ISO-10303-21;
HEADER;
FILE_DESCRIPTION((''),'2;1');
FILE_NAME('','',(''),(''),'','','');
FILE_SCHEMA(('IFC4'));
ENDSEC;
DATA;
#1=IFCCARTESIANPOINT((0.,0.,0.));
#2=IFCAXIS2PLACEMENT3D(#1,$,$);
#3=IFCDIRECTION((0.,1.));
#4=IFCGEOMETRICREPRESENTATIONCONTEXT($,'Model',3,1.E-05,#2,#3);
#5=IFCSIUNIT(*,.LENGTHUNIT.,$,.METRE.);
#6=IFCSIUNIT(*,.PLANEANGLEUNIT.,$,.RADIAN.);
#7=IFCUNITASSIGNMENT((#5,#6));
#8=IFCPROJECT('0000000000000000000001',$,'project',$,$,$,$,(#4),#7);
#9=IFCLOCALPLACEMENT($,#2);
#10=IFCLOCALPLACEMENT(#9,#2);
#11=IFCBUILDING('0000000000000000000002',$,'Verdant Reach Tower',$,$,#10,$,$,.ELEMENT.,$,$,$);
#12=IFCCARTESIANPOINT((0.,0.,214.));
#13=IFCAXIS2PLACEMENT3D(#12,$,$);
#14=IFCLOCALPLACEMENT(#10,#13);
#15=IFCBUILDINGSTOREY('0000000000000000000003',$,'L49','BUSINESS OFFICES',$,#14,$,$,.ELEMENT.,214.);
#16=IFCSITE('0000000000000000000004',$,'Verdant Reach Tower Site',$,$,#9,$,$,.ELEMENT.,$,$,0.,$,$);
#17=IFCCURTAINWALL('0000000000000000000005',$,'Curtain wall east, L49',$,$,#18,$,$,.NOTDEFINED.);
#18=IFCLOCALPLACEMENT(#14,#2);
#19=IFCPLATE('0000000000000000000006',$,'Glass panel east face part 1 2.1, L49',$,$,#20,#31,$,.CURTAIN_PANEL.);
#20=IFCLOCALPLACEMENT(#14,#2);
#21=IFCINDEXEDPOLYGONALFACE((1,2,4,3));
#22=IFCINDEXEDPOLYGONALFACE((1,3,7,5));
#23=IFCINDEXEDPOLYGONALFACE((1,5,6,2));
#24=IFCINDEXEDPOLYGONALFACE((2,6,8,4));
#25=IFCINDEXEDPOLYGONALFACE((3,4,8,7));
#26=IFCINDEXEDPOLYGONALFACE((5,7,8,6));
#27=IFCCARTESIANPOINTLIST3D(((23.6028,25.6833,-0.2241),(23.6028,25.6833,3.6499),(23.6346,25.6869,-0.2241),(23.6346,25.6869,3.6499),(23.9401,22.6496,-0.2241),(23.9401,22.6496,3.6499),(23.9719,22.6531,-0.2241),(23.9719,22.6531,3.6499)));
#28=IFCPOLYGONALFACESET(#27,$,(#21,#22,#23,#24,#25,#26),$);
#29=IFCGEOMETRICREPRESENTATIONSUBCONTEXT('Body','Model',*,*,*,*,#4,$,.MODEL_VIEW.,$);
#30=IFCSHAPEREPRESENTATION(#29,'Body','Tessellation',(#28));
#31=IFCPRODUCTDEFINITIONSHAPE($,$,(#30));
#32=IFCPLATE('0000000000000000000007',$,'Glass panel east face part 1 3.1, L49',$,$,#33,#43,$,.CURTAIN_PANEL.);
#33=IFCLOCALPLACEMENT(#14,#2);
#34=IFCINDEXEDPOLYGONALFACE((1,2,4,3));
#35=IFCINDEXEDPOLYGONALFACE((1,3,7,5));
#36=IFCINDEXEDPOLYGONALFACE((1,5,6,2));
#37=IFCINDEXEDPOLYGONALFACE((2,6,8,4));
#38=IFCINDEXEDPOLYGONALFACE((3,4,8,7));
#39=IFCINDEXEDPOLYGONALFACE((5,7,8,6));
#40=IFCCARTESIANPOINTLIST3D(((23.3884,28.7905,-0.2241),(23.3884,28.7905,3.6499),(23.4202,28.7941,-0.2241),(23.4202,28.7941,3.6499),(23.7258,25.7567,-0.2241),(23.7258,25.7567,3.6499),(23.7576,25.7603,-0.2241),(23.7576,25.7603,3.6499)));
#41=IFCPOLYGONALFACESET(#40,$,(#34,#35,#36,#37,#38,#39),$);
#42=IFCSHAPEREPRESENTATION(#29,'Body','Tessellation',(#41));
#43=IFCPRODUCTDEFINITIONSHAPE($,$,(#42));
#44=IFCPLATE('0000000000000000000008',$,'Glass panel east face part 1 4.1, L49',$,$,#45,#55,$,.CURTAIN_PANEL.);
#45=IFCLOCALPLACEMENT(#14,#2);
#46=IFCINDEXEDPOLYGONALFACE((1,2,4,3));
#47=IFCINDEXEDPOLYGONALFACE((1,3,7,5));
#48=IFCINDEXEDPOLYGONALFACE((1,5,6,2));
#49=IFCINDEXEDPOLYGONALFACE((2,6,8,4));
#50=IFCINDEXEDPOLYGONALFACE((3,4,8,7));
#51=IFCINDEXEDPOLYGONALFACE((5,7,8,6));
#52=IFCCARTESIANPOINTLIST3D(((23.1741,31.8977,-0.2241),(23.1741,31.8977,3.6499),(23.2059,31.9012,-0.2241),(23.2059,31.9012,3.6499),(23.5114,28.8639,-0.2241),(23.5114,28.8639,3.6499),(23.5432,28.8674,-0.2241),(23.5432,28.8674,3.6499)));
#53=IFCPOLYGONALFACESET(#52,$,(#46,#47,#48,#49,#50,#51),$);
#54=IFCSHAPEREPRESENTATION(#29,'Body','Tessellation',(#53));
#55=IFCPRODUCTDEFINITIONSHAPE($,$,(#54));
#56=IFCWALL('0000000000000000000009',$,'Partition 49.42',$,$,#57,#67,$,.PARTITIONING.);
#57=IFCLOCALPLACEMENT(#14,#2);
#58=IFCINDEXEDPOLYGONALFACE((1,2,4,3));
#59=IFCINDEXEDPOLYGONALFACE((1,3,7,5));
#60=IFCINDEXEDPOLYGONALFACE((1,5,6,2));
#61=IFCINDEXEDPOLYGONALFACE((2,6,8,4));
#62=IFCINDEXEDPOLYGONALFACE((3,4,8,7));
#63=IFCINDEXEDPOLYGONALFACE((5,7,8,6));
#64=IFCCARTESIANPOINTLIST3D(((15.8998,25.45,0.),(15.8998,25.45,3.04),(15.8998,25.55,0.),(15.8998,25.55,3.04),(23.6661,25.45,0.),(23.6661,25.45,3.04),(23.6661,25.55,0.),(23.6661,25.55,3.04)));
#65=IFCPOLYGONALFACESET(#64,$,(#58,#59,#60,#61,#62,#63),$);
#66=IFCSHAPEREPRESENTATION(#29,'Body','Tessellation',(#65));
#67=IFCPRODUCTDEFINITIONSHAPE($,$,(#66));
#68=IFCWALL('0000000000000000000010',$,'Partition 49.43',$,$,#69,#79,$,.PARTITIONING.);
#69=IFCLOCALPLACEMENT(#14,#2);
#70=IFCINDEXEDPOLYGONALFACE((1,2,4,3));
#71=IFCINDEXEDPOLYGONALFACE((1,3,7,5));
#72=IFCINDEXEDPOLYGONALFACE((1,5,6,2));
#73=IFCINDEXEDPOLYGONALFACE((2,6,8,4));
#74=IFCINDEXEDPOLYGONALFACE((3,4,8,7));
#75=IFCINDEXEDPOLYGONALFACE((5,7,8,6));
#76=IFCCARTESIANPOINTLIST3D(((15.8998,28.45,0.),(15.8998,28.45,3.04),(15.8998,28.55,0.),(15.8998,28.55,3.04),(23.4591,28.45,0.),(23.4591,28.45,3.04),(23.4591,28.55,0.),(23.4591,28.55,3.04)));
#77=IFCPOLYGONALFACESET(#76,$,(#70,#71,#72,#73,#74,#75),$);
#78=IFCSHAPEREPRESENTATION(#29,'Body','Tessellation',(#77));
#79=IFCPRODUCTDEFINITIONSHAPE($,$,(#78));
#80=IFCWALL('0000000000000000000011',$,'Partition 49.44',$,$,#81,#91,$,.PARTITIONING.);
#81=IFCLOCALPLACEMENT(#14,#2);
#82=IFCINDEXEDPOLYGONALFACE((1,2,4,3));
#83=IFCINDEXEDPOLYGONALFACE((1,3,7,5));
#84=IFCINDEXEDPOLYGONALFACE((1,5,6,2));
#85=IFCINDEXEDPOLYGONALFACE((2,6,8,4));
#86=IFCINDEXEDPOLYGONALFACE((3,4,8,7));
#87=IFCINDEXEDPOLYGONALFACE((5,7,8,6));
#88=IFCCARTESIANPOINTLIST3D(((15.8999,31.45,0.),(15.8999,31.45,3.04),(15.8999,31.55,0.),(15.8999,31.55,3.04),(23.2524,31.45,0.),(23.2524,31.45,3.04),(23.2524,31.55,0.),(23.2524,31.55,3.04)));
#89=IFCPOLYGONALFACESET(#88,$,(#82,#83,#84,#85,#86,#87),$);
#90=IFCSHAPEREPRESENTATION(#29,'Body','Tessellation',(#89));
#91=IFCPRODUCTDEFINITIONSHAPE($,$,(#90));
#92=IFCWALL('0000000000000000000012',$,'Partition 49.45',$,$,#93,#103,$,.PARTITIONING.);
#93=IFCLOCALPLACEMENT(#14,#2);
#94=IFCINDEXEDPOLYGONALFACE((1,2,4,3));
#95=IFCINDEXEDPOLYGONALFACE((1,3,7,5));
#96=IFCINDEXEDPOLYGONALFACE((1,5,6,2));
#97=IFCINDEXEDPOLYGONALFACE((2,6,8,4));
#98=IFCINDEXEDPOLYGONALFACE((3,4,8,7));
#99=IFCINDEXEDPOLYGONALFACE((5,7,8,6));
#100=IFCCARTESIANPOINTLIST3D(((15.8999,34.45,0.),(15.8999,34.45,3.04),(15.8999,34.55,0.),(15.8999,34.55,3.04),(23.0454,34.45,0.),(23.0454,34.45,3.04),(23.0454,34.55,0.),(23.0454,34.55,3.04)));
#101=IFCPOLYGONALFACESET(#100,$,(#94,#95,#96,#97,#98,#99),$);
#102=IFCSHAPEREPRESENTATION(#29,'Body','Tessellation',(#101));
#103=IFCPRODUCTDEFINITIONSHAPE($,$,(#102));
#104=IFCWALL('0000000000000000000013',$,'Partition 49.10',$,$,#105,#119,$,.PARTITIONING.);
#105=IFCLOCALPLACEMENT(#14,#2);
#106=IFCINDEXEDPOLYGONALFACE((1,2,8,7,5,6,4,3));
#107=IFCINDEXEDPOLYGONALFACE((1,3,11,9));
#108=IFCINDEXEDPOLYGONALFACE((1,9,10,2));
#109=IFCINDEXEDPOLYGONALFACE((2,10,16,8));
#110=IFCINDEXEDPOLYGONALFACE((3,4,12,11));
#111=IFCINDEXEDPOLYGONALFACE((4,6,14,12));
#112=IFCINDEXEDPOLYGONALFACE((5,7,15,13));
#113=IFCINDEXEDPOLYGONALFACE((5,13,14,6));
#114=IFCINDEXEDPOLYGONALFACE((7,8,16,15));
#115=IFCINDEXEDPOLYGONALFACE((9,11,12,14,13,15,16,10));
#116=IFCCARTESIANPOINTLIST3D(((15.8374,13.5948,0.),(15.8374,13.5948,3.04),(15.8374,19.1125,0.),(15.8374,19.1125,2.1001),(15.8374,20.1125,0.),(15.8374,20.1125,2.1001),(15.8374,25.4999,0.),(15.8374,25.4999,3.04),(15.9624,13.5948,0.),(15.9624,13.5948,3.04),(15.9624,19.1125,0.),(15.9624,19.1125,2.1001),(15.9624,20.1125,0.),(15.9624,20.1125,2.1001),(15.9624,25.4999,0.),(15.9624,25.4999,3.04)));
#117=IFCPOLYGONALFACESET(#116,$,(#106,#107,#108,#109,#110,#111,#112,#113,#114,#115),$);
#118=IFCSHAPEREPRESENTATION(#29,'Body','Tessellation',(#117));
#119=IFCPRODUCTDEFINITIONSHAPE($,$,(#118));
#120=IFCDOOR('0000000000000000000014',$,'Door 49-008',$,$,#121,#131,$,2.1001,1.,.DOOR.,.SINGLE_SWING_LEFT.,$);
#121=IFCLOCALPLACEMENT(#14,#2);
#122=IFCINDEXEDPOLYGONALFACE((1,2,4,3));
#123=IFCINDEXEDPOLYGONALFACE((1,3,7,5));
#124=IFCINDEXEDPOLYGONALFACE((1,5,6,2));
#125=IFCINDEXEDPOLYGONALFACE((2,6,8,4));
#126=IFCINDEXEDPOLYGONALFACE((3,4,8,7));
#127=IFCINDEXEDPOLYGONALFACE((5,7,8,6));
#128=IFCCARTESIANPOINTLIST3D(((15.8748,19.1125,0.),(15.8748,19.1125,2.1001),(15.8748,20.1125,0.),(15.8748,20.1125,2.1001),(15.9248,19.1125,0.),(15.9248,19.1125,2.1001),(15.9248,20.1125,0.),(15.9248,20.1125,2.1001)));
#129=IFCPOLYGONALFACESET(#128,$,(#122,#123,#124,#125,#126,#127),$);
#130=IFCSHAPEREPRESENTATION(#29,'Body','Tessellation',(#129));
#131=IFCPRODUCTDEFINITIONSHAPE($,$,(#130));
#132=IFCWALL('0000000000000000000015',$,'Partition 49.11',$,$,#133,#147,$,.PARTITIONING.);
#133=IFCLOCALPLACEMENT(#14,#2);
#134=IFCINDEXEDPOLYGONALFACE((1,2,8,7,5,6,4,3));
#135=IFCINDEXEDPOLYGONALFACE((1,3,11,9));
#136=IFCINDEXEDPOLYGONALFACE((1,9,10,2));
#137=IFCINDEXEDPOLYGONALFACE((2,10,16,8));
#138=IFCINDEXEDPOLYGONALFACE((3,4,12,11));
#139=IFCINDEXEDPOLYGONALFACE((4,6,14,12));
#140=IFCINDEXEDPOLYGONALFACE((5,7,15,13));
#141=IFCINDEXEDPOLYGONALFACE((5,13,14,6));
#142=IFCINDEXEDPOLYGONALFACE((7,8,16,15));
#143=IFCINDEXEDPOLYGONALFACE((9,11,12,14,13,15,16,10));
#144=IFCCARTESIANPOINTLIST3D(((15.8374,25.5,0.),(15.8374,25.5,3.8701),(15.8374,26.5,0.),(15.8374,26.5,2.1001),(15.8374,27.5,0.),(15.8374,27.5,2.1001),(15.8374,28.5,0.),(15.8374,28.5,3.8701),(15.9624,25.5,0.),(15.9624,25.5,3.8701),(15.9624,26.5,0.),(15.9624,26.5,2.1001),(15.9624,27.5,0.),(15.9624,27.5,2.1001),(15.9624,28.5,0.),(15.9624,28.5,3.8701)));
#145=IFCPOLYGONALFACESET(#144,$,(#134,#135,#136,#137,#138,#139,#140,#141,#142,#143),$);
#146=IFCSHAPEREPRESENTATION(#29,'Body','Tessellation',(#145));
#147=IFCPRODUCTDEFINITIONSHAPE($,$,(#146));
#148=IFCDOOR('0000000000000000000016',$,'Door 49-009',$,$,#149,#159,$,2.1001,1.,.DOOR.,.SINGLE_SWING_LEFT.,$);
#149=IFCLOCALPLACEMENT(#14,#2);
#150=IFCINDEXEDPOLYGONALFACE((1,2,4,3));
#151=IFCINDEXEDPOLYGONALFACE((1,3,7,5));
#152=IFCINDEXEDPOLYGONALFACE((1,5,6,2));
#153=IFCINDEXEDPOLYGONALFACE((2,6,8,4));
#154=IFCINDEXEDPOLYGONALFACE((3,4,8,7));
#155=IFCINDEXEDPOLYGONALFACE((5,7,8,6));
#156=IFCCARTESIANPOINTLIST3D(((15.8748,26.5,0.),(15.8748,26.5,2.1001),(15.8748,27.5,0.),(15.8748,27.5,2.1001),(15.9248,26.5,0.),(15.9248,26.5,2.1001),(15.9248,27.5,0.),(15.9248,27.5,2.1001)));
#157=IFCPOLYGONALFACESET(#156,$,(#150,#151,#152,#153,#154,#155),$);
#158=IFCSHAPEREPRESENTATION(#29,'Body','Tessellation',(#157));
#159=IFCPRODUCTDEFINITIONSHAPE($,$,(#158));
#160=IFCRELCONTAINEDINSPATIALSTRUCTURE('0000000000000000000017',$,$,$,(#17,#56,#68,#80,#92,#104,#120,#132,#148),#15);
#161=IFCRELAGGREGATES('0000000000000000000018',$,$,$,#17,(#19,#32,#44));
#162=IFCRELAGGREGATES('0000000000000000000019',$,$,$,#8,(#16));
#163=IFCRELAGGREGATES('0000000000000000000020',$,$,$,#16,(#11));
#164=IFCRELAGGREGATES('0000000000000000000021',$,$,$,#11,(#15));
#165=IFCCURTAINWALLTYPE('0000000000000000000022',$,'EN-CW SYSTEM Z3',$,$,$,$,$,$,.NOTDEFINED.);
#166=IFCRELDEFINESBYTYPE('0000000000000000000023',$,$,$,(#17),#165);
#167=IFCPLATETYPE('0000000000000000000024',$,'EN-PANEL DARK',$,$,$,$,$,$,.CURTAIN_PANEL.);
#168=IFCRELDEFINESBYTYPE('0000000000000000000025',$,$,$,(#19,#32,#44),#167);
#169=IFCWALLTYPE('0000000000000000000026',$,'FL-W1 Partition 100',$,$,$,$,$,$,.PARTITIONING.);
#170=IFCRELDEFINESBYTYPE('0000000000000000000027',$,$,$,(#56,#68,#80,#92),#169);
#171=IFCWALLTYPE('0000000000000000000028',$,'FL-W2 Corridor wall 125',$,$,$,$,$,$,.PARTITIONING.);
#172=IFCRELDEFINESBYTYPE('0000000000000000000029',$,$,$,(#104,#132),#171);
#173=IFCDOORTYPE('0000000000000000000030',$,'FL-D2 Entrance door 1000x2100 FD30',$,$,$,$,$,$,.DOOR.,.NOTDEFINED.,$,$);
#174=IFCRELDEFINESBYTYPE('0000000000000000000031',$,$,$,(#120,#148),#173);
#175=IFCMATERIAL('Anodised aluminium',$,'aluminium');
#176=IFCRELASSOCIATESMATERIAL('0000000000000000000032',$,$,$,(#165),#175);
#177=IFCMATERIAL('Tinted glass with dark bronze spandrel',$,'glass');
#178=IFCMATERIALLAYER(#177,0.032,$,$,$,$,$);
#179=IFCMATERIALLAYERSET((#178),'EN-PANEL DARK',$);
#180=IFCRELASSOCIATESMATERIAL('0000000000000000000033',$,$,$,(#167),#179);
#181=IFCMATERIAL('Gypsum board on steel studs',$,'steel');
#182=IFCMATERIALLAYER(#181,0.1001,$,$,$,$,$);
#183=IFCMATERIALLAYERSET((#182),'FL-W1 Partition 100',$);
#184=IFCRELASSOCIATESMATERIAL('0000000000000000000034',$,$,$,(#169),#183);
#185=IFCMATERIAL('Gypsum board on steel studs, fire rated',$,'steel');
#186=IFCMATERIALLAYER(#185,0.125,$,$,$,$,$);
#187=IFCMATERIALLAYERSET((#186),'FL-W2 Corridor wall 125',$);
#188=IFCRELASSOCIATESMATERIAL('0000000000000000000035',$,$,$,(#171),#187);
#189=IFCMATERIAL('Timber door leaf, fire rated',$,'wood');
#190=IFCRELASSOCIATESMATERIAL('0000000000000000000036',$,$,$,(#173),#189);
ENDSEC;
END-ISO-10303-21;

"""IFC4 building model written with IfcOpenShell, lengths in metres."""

from ifc_helpers import new_model, si_unit, direction, frame, frame_2d, origin, origin_2d, place, context, subcontext, project, spatial, rectangle, extrude, material, layer, layer_set, type_object, element, fill, aggregate, save


model = new_model("IFC4")

# Units and contexts
model_context = context("Model", 3, precision=1e-05, world=origin(), true_north=direction((0.0, 1.0)))
body_context = subcontext(model_context, "Body", "Model", "MODEL_VIEW")
ifc_project = project(units=[si_unit("LENGTHUNIT", "METRE"), si_unit("PLANEANGLEUNIT", "RADIAN")], contexts=[model_context])

# Site, building, storey
site_placement = place(None, origin())
site = spatial("IfcSite", under=ifc_project, at=site_placement, Name="Verdant Reach Tower Site", CompositionType="ELEMENT", RefElevation=0.0)
building_placement = place(site_placement, origin())
building = spatial("IfcBuilding", under=site, at=building_placement, Name="Verdant Reach Tower", CompositionType="ELEMENT")
storey_placement = place(building_placement, frame((0.0, 0.0, 214.0)))
storey = spatial("IfcBuildingStorey", under=building, at=storey_placement, Name="L49", Description="BUSINESS OFFICES", CompositionType="ELEMENT", Elevation=214.0)

# Curtain wall, plates
ifc_material_1 = material(Name="Anodised aluminium", Category="aluminium")
curtain_wall_type = type_object("IfcCurtainWallType", Name="EN-CW SYSTEM Z3", PredefinedType="NOTDEFINED", material=ifc_material_1)
curtain_wall_placement = place(storey_placement, origin())
curtain_wall = element("IfcCurtainWall", 1, at=curtain_wall_placement, inside=storey, type_object=curtain_wall_type, Name="Curtain wall east, L49", PredefinedType="NOTDEFINED")
ifc_material_2 = material(Name="Tinted glass with dark bronze spandrel", Category="glass")
ifc_layer_1 = layer(ifc_material_2, 0.032)
ifc_layer_set_1 = layer_set([ifc_layer_1], Name="EN-PANEL DARK")
plate_type_1 = type_object("IfcPlateType", Name="EN-PANEL DARK", PredefinedType="CURTAIN_PANEL", material=ifc_layer_set_1)
plate_1_placement = place(storey_placement, frame((23.7874, 24.1682, -0.2241), z_axis=(0.0, 0.0, 1.0), x_axis=(-0.110518, 0.993874, 0.0)))
plate_1 = element("IfcPlate", 2, at=plate_1_placement, type_object=plate_type_1, Name="Glass panel east face part 1 2.1, L49", PredefinedType="CURTAIN_PANEL", context=body_context, shape_type="SweptSolid", body=[
    extrude(rectangle(XDim=3.0525, YDim=0.032, at=origin_2d()), origin(), (0.0, 0.0, 1.0), 3.874),
])
plate_2_placement = place(storey_placement, frame((23.573, 27.2754, -0.2241), z_axis=(0.0, 0.0, 1.0), x_axis=(-0.110518, 0.993874, 0.0)))
plate_2 = element("IfcPlate", 3, at=plate_2_placement, type_object=plate_type_1, Name="Glass panel east face part 1 3.1, L49", PredefinedType="CURTAIN_PANEL", context=body_context, shape_type="SweptSolid", body=[
    extrude(rectangle(XDim=3.0525, YDim=0.032, at=origin_2d()), origin(), (0.0, 0.0, 1.0), 3.874),
])
plate_3_placement = place(storey_placement, frame((23.3586, 30.3826, -0.2241), z_axis=(0.0, 0.0, 1.0), x_axis=(-0.110518, 0.993874, 0.0)))
plate_3 = element("IfcPlate", 4, at=plate_3_placement, type_object=plate_type_1, Name="Glass panel east face part 1 4.1, L49", PredefinedType="CURTAIN_PANEL", context=body_context, shape_type="SweptSolid", body=[
    extrude(rectangle(XDim=3.0525, YDim=0.032, at=origin_2d()), origin(), (0.0, 0.0, 1.0), 3.874),
])
aggregate(curtain_wall, [plate_1, plate_2, plate_3])

# Walls
ifc_material_3 = material(Name="Gypsum board on steel studs", Category="steel")
ifc_layer_2 = layer(ifc_material_3, 0.1001)
ifc_layer_set_2 = layer_set([ifc_layer_2], Name="FL-W1 Partition 100")
wall_type_1 = type_object("IfcWallType", Name="FL-W1 Partition 100", PredefinedType="PARTITIONING", material=ifc_layer_set_2)
wall_1_placement = place(storey_placement, frame((23.6663, 25.5, 0.0), z_axis=(0.0, 0.0, 1.0), x_axis=(-1.0, 0.0, 0.0)))
element("IfcWall", 5, at=wall_1_placement, inside=storey, type_object=wall_type_1, Name="Partition 49.42", PredefinedType="PARTITIONING", context=body_context, shape_type="SweptSolid", body=[
    extrude(rectangle(XDim=7.7664, YDim=0.1001, at=frame_2d((3.8833, 0.0))), origin(), (0.0, 0.0, 1.0), 3.04),
])
wall_2_placement = place(storey_placement, frame((23.4592, 28.5, 0.0), z_axis=(0.0, 0.0, 1.0), x_axis=(-1.0, 0.0, 0.0)))
element("IfcWall", 6, at=wall_2_placement, inside=storey, type_object=wall_type_1, Name="Partition 49.43", PredefinedType="PARTITIONING", context=body_context, shape_type="SweptSolid", body=[
    extrude(rectangle(XDim=7.5593, YDim=0.1001, at=frame_2d((3.7798, 0.0))), origin(), (0.0, 0.0, 1.0), 3.04),
])
wall_3_placement = place(storey_placement, frame((23.2524, 31.5, 0.0), z_axis=(0.0, 0.0, 1.0), x_axis=(-1.0, 0.0, 0.0)))
element("IfcWall", 7, at=wall_3_placement, inside=storey, type_object=wall_type_1, Name="Partition 49.44", PredefinedType="PARTITIONING", context=body_context, shape_type="SweptSolid", body=[
    extrude(rectangle(XDim=7.3525, YDim=0.1001, at=frame_2d((3.6763, 0.0))), origin(), (0.0, 0.0, 1.0), 3.04),
])
wall_4_placement = place(storey_placement, frame((23.0454, 34.5, 0.0), z_axis=(0.0, 0.0, 1.0), x_axis=(-1.0, 0.0, 0.0)))
element("IfcWall", 8, at=wall_4_placement, inside=storey, type_object=wall_type_1, Name="Partition 49.45", PredefinedType="PARTITIONING", context=body_context, shape_type="SweptSolid", body=[
    extrude(rectangle(XDim=7.1455, YDim=0.1001, at=frame_2d((3.5728, 0.0))), origin(), (0.0, 0.0, 1.0), 3.04),
])

# Walls, openings, doors
ifc_material_4 = material(Name="Gypsum board on steel studs, fire rated", Category="steel")
ifc_layer_3 = layer(ifc_material_4, 0.125)
ifc_layer_set_3 = layer_set([ifc_layer_3], Name="FL-W2 Corridor wall 125")
wall_type_2 = type_object("IfcWallType", Name="FL-W2 Corridor wall 125", PredefinedType="PARTITIONING", material=ifc_layer_set_3)
wall_5_placement = place(storey_placement, frame((15.8999, 25.5, 0.0), z_axis=(0.0, 0.0, 1.0), x_axis=(0.0, -1.0, 0.0)))
wall_5 = element("IfcWall", 9, at=wall_5_placement, inside=storey, type_object=wall_type_2, Name="Partition 49.10", PredefinedType="PARTITIONING", context=body_context, shape_type="SweptSolid", body=[
    extrude(rectangle(XDim=11.905, YDim=0.125, at=frame_2d((5.9526, 0.0))), origin(), (0.0, 0.0, 1.0), 3.04),
])
opening_1_placement = place(wall_5_placement, frame((5.3875, 0.0, 0.0)))
opening_1 = element("IfcOpeningElement", 10, at=opening_1_placement, cuts=wall_5, PredefinedType="OPENING", context=body_context, shape_type="SweptSolid", body=[
    extrude(rectangle(XDim=1.0, YDim=2.1001, at=frame_2d((0.5, 1.05))), frame((0.0, 0.0725, 0.0), z_axis=(0.0, -1.0, 0.0), x_axis=(1.0, 0.0, 0.0)), (0.0, 0.0, 1.0), 0.145),
])
ifc_material_5 = material(Name="Timber door leaf, fire rated", Category="wood")
door_type_1 = type_object("IfcDoorType", Name="FL-D2 Entrance door 1000x2100 FD30", OperationType="NOTDEFINED", PredefinedType="DOOR", material=ifc_material_5)
door_1_placement = place(opening_1_placement, origin())
door_1 = element("IfcDoor", 11, at=door_1_placement, inside=storey, type_object=door_type_1, Name="Door 49-008", OperationType="SINGLE_SWING_LEFT", OverallHeight=2.1001, OverallWidth=1.0, PredefinedType="DOOR", context=body_context, shape_type="SweptSolid", body=[
    extrude(rectangle(XDim=1.0, YDim=2.1001, at=frame_2d((0.5, 1.05))), frame((0.0, 0.0249, 0.0), z_axis=(0.0, -1.0, 0.0), x_axis=(1.0, 0.0, 0.0)), (0.0, 0.0, 1.0), 0.05),
])
fill(opening_1, door_1)
wall_6_placement = place(storey_placement, frame((15.8999, 28.5, 0.0), z_axis=(0.0, 0.0, 1.0), x_axis=(0.0, -1.0, 0.0)))
wall_6 = element("IfcWall", 12, at=wall_6_placement, inside=storey, type_object=wall_type_2, Name="Partition 49.11", PredefinedType="PARTITIONING", context=body_context, shape_type="SweptSolid", body=[
    extrude(rectangle(XDim=3.0, YDim=0.125, at=frame_2d((1.5, 0.0))), origin(), (0.0, 0.0, 1.0), 3.8701),
])
opening_2_placement = place(wall_6_placement, frame((1.0, 0.0, 0.0)))
opening_2 = element("IfcOpeningElement", 13, at=opening_2_placement, cuts=wall_6, PredefinedType="OPENING", context=body_context, shape_type="SweptSolid", body=[
    extrude(rectangle(XDim=1.0, YDim=2.1001, at=frame_2d((0.5, 1.05))), frame((0.0, 0.0725, 0.0), z_axis=(0.0, -1.0, 0.0), x_axis=(1.0, 0.0, 0.0)), (0.0, 0.0, 1.0), 0.145),
])
door_2_placement = place(opening_2_placement, origin())
door_2 = element("IfcDoor", 14, at=door_2_placement, inside=storey, type_object=door_type_1, Name="Door 49-009", OperationType="SINGLE_SWING_LEFT", OverallHeight=2.1001, OverallWidth=1.0, PredefinedType="DOOR", context=body_context, shape_type="SweptSolid", body=[
    extrude(rectangle(XDim=1.0, YDim=2.1001, at=frame_2d((0.5, 1.05))), frame((0.0, 0.0249, 0.0), z_axis=(0.0, -1.0, 0.0), x_axis=(1.0, 0.0, 0.0)), (0.0, 0.0, 1.0), 0.05),
])
fill(opening_2, door_2)

save(model, "model.ifc")
